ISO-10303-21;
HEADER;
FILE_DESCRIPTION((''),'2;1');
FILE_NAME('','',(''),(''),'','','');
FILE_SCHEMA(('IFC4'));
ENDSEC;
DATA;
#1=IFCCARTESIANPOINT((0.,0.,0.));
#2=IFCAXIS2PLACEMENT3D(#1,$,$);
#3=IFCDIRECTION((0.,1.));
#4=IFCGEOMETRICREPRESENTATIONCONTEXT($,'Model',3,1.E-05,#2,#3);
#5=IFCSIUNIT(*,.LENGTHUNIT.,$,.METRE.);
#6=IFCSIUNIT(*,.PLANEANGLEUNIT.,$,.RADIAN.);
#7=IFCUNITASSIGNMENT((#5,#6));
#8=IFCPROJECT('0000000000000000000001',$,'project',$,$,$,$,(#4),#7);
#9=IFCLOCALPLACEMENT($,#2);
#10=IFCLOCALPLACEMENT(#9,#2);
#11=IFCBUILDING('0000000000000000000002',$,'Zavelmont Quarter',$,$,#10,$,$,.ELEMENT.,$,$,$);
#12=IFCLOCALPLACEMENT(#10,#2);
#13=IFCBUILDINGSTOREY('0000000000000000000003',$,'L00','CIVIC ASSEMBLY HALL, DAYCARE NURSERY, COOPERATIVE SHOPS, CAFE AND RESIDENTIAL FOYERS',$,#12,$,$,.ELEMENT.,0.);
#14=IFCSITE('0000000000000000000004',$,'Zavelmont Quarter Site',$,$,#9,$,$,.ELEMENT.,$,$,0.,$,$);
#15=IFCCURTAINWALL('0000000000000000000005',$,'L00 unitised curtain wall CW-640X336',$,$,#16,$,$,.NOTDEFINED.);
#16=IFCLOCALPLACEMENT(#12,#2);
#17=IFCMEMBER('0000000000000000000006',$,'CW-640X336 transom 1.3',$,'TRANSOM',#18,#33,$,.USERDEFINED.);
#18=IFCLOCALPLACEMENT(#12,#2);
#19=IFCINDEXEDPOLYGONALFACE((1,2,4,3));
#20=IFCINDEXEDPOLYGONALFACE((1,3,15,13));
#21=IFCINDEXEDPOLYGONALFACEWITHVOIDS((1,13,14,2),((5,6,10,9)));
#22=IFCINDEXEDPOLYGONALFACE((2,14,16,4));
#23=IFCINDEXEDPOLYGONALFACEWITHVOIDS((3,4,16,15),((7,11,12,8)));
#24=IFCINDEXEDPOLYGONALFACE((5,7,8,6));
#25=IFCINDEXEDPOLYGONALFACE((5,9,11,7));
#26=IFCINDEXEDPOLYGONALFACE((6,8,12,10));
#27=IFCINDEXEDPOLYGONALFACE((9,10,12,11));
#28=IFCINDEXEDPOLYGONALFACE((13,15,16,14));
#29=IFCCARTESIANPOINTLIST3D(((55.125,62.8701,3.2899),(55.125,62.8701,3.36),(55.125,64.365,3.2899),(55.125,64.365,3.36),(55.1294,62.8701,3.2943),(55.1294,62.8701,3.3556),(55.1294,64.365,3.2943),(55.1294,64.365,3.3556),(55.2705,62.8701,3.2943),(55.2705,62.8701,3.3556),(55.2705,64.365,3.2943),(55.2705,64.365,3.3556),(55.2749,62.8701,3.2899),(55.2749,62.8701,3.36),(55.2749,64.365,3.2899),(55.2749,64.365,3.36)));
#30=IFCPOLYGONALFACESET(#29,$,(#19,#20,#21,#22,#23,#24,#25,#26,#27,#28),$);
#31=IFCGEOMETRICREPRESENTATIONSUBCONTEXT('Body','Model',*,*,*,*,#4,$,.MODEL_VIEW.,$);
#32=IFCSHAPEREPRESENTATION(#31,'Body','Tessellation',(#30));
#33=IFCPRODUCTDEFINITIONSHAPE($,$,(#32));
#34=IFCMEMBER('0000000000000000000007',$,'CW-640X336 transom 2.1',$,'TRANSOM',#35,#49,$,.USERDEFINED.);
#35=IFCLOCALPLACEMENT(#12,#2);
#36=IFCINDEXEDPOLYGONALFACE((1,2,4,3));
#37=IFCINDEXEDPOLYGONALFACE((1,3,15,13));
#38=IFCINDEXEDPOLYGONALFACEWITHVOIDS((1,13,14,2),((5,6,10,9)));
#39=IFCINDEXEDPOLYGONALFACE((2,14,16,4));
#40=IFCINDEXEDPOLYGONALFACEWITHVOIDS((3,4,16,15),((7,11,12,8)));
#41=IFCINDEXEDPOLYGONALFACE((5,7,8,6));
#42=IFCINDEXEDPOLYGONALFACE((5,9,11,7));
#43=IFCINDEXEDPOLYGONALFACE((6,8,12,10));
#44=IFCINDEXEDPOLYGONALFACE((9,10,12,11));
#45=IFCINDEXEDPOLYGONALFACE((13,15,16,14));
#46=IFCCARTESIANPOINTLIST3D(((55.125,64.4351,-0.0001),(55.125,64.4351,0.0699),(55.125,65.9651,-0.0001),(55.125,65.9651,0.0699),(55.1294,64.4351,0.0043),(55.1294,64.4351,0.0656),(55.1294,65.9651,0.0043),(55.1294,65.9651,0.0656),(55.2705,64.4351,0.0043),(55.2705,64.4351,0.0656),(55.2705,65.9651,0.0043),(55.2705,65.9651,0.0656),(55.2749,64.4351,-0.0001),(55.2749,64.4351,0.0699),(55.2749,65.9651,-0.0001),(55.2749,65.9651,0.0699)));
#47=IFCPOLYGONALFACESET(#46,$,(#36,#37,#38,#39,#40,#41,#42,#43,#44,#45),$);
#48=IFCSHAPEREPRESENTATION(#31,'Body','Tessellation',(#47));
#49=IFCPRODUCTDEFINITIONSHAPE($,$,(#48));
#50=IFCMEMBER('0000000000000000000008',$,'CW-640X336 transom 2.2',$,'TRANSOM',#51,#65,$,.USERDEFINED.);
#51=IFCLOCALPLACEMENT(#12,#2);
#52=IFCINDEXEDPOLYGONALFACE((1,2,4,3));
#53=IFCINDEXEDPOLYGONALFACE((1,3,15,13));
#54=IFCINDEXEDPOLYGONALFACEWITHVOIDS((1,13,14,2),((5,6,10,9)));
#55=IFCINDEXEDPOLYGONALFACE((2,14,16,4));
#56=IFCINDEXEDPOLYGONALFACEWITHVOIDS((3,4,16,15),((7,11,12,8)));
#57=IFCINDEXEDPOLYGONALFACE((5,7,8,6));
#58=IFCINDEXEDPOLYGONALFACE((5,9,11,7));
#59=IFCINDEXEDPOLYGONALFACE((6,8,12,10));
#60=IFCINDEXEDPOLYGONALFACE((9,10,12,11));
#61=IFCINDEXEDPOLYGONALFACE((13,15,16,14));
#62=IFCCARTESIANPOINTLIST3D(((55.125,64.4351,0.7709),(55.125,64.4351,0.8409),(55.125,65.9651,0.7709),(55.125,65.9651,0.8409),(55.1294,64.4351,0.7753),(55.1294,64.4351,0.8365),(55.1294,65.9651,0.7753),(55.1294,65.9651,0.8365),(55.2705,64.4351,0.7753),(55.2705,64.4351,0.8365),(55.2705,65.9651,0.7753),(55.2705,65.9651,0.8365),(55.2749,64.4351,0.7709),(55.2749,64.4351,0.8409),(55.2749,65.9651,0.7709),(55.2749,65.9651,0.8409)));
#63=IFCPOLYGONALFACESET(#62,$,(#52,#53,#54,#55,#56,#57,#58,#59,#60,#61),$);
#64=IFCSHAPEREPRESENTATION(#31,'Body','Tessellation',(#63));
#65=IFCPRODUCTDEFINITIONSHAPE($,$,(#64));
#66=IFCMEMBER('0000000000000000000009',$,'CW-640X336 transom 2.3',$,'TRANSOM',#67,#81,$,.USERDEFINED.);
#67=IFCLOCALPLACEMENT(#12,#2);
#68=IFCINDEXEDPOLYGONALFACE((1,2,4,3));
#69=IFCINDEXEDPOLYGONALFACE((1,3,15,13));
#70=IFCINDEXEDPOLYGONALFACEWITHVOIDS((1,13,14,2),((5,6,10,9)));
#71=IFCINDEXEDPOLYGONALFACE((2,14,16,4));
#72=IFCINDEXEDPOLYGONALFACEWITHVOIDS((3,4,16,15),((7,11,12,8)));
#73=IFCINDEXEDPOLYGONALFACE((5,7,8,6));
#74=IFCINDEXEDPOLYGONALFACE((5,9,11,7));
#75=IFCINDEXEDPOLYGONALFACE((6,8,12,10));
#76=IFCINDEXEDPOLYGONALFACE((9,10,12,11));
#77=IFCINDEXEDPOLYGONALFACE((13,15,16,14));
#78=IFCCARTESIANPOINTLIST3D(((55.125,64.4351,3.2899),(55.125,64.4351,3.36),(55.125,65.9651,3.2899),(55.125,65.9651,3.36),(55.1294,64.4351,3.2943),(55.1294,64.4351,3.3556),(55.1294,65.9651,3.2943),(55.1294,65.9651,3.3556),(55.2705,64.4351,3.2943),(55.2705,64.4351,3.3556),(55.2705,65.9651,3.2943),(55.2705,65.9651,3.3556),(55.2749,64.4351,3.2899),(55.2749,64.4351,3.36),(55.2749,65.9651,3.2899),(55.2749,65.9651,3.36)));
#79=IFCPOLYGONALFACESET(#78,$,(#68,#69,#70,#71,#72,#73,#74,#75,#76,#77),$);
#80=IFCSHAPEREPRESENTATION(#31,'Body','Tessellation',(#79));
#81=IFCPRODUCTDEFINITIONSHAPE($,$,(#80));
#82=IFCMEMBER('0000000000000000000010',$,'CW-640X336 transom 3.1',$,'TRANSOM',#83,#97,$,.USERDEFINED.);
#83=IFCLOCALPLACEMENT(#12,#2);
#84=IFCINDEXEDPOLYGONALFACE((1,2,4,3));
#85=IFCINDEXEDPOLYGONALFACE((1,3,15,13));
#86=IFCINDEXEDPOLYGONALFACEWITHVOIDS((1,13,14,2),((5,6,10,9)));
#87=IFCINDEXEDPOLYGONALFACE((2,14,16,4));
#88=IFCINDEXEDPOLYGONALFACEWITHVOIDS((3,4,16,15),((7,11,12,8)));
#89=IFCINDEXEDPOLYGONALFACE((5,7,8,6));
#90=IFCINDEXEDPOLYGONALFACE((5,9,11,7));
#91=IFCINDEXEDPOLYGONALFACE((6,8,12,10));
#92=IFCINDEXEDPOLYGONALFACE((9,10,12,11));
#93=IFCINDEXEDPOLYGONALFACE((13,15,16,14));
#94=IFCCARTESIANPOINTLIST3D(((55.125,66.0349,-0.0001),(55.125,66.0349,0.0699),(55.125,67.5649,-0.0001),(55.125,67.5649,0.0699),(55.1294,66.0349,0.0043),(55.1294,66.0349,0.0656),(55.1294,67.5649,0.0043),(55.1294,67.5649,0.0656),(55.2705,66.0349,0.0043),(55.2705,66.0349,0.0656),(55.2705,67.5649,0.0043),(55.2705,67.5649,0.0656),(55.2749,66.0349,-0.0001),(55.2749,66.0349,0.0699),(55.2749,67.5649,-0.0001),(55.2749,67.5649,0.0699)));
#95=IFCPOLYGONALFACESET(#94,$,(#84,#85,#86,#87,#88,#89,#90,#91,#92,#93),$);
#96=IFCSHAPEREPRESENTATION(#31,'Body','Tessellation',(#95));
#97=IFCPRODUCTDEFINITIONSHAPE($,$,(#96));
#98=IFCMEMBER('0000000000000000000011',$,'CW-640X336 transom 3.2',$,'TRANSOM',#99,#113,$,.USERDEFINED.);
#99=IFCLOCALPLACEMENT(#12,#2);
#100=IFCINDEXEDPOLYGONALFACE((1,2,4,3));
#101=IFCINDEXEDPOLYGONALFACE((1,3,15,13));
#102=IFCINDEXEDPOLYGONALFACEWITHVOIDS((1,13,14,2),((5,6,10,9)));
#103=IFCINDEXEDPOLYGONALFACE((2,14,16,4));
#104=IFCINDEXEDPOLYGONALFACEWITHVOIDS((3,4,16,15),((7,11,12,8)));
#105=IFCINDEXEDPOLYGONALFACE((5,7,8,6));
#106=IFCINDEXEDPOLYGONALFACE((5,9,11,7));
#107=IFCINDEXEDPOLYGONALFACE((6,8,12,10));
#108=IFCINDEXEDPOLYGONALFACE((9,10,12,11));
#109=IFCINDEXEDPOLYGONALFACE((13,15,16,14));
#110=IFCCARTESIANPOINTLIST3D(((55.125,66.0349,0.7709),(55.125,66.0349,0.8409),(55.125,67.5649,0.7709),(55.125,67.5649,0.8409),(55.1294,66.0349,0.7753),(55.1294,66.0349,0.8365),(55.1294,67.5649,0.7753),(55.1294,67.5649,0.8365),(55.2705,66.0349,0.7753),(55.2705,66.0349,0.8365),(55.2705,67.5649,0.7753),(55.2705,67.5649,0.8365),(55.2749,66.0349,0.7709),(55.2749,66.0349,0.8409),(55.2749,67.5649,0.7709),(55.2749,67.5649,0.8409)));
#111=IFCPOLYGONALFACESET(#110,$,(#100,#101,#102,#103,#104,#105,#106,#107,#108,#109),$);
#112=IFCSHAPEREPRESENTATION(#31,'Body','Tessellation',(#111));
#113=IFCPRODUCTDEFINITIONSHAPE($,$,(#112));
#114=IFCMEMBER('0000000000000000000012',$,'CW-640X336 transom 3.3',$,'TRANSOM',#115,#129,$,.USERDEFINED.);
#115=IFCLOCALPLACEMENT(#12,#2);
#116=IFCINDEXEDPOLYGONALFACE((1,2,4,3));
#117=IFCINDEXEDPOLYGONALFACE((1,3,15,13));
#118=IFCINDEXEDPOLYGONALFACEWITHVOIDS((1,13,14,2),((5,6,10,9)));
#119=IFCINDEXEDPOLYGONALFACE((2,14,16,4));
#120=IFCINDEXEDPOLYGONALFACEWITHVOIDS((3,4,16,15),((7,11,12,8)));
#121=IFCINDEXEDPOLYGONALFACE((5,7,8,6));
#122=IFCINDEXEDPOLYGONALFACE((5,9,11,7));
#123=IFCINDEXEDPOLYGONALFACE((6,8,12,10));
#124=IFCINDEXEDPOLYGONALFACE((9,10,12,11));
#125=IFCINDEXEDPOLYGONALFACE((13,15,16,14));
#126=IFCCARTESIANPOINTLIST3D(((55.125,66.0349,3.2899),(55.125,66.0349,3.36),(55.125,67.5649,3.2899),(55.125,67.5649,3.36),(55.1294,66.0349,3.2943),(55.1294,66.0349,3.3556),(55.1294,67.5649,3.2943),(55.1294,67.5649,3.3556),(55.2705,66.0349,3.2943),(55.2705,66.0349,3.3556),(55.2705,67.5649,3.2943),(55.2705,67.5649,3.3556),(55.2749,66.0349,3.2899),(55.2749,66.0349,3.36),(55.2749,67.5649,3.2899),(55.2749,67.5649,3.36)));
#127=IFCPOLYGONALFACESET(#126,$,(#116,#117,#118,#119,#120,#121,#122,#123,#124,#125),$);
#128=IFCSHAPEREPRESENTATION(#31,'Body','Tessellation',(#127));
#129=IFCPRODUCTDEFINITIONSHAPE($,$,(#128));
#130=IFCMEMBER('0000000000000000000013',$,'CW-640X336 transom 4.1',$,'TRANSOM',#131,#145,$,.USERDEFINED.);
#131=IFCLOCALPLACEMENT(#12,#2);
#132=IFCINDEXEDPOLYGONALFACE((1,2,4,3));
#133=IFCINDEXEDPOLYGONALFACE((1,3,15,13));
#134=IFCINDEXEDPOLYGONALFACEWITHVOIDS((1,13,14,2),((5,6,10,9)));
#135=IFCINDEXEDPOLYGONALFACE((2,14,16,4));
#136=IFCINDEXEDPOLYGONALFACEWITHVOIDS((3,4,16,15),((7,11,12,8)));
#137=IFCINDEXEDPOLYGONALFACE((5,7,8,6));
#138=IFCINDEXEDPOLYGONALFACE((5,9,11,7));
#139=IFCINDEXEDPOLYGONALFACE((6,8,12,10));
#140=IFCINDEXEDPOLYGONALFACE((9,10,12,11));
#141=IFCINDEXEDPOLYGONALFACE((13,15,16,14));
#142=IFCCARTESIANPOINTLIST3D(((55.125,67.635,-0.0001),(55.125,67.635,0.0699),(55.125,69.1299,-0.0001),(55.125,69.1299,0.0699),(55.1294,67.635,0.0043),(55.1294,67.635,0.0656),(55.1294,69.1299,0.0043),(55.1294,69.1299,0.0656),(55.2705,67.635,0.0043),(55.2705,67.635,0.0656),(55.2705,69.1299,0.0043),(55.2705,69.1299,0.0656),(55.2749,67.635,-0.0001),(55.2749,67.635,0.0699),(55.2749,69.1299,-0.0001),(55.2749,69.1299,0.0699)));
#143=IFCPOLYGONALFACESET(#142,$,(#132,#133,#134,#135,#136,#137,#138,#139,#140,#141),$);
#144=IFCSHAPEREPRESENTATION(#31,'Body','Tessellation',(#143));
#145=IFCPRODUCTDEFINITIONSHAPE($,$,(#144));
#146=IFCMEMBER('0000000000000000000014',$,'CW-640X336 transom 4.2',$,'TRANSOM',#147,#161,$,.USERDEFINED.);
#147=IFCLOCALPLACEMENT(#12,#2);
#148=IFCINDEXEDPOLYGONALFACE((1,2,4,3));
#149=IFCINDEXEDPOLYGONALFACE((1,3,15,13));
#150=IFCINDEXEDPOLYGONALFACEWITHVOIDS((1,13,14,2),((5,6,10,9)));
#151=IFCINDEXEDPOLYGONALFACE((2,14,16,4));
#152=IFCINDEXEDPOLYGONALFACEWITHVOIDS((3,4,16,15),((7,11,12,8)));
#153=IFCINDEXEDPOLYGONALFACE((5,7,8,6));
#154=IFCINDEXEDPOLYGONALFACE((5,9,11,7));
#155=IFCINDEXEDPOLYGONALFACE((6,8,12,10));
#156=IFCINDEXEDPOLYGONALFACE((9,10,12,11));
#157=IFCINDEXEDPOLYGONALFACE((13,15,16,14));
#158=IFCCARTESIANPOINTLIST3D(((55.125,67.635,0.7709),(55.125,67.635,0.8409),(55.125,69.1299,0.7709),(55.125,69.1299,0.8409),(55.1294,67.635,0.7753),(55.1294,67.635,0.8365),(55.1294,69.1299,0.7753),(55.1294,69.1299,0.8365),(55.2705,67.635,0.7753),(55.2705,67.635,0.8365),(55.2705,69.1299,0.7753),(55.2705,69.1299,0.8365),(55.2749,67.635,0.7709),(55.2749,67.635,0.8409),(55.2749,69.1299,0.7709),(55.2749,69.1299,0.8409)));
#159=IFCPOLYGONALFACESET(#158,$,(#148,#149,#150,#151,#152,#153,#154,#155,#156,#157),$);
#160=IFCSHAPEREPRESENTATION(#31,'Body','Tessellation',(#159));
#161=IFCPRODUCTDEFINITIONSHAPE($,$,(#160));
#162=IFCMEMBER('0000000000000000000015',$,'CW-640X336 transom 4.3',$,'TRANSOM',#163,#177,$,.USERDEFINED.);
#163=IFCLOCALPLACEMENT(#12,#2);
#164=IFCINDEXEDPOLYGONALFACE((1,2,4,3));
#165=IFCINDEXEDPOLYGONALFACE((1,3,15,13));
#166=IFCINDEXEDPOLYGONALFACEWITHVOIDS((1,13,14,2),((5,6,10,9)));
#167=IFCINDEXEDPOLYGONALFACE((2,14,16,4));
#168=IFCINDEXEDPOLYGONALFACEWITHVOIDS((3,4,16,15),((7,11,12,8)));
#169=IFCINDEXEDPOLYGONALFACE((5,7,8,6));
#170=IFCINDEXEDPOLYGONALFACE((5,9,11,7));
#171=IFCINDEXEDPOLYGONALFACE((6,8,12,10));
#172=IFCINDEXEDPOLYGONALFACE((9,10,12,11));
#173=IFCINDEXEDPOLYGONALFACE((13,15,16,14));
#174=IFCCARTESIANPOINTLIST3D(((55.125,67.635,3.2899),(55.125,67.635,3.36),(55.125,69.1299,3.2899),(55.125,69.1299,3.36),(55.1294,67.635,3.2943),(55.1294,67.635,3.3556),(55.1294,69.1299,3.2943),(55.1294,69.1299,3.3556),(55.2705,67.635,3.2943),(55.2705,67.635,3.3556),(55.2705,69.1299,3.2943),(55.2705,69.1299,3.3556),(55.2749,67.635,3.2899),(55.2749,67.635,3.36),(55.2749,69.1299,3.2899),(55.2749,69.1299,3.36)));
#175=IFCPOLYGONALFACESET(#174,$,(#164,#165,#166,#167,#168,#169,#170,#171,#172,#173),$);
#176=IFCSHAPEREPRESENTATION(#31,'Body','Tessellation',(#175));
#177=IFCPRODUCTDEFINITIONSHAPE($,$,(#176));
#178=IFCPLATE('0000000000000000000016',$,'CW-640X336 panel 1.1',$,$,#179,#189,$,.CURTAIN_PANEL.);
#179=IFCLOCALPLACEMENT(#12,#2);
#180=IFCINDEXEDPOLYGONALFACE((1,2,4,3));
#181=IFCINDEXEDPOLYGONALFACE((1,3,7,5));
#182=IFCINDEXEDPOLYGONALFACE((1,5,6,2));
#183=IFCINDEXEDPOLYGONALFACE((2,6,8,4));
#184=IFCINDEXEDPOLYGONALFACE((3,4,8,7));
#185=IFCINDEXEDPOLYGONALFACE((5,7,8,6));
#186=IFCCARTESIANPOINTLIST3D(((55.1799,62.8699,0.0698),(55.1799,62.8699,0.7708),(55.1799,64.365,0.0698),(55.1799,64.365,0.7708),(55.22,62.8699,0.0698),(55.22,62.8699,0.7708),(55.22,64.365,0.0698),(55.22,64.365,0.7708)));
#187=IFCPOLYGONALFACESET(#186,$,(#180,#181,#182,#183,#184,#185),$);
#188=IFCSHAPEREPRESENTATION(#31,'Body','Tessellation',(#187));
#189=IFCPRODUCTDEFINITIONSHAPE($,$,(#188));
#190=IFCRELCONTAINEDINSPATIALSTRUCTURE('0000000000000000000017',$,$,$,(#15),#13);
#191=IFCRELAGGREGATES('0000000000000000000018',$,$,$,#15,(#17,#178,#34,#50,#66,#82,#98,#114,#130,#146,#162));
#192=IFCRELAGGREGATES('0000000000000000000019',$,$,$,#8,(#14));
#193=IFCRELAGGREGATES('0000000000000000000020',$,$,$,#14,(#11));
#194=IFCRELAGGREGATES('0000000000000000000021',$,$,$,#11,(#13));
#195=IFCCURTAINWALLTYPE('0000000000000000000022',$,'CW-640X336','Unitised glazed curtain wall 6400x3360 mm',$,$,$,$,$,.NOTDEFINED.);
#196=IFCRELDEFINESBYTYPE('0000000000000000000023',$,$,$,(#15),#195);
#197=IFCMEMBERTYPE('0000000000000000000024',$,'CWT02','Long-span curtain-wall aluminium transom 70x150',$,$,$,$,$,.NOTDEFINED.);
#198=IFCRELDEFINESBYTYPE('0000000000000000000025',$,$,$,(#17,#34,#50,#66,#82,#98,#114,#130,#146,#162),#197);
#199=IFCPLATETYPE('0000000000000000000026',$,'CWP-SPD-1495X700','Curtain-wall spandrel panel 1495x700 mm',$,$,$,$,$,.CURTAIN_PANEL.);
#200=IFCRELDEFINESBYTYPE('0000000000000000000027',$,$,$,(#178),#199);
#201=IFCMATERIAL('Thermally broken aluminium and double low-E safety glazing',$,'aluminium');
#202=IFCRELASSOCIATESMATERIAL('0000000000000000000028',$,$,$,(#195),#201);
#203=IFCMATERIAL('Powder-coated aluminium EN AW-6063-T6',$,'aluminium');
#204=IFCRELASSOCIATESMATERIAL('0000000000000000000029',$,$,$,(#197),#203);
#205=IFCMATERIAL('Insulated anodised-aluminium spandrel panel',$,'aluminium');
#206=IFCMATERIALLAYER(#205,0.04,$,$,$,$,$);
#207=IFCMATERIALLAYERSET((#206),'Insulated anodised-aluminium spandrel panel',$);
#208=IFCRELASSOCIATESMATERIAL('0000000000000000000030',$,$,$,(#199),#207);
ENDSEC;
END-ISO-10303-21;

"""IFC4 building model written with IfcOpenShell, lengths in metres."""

from ifc_helpers import new_model, si_unit, direction, frame, origin, origin_2d, place, context, subcontext, project, spatial, rectangle, hollow_rectangle, extrude, material, layer, layer_set, material_profile, profile_set, type_object, element, aggregate, save


model = new_model("IFC4")

# Units and contexts
model_context = context("Model", 3, precision=1e-05, world=origin(), true_north=direction((0.0, 1.0)))
body_context = subcontext(model_context, "Body", "Model", "MODEL_VIEW")
ifc_project = project(units=[si_unit("LENGTHUNIT", "METRE"), si_unit("PLANEANGLEUNIT", "RADIAN")], contexts=[model_context])

# Site, building, storey
site_placement = place(None, origin())
site = spatial("IfcSite", under=ifc_project, at=site_placement, Name="Zavelmont Quarter Site", CompositionType="ELEMENT", RefElevation=0.0)
building_placement = place(site_placement, origin())
building = spatial("IfcBuilding", under=site, at=building_placement, Name="Zavelmont Quarter", CompositionType="ELEMENT")
storey_placement = place(building_placement, origin())
storey = spatial("IfcBuildingStorey", under=building, at=storey_placement, Name="L00", Description="CIVIC ASSEMBLY HALL, DAYCARE NURSERY, COOPERATIVE SHOPS, CAFE AND RESIDENTIAL FOYERS", CompositionType="ELEMENT", Elevation=0.0)

# Curtain wall, members, plate
ifc_material_1 = material(Name="Thermally broken aluminium and double low-E safety glazing", Category="aluminium")
curtain_wall_type = type_object("IfcCurtainWallType", Name="CW-640X336", Description="Unitised glazed curtain wall 6400x3360 mm", PredefinedType="NOTDEFINED", material=ifc_material_1)
curtain_wall_placement = place(storey_placement, origin())
curtain_wall = element("IfcCurtainWall", 1, at=curtain_wall_placement, inside=storey, type_object=curtain_wall_type, Name="L00 unitised curtain wall CW-640X336", PredefinedType="NOTDEFINED")
ifc_material_2 = material(Name="Powder-coated aluminium EN AW-6063-T6", Category="aluminium")
ifc_material_profile_1 = material_profile(ifc_material_2, hollow_rectangle(XDim=0.1499, YDim=0.0701, WallThickness=0.0044, at=origin_2d()), Name="CWT70X150")
ifc_profile_set_1 = profile_set([ifc_material_profile_1], Name="Powder-coated aluminium EN AW-6063-T6")
member_type_1 = type_object("IfcMemberType", Name="CWT02", Description="Long-span curtain-wall aluminium transom 70x150", PredefinedType="NOTDEFINED", material=ifc_profile_set_1)
member_1_placement = place(storey_placement, frame((55.2, 62.8701, 3.325), z_axis=(0.0, 1.0, 0.0), x_axis=(-1.0, 0.0, 0.0)))
member_1 = element("IfcMember", 2, at=member_1_placement, type_object=member_type_1, Name="CW-640X336 transom 1.3", ObjectType="TRANSOM", PredefinedType="USERDEFINED", context=body_context, shape_type="SweptSolid", body=[
    extrude(hollow_rectangle(XDim=0.1499, YDim=0.0701, WallThickness=0.0044, at=origin_2d()), origin(), (0.0, 0.0, 1.0), 1.4949),
])
member_2_placement = place(storey_placement, frame((55.2, 64.4351, 0.0349), z_axis=(0.0, 1.0, 0.0), x_axis=(-1.0, 0.0, 0.0)))
member_2 = element("IfcMember", 3, at=member_2_placement, type_object=member_type_1, Name="CW-640X336 transom 2.1", ObjectType="TRANSOM", PredefinedType="USERDEFINED", context=body_context, shape_type="SweptSolid", body=[
    extrude(hollow_rectangle(XDim=0.1499, YDim=0.0701, WallThickness=0.0044, at=origin_2d()), origin(), (0.0, 0.0, 1.0), 1.53),
])
member_3_placement = place(storey_placement, frame((55.2, 64.4351, 0.8059), z_axis=(0.0, 1.0, 0.0), x_axis=(-1.0, 0.0, 0.0)))
member_3 = element("IfcMember", 4, at=member_3_placement, type_object=member_type_1, Name="CW-640X336 transom 2.2", ObjectType="TRANSOM", PredefinedType="USERDEFINED", context=body_context, shape_type="SweptSolid", body=[
    extrude(hollow_rectangle(XDim=0.1499, YDim=0.0701, WallThickness=0.0044, at=origin_2d()), origin(), (0.0, 0.0, 1.0), 1.53),
])
member_4_placement = place(storey_placement, frame((55.2, 64.4351, 3.325), z_axis=(0.0, 1.0, 0.0), x_axis=(-1.0, 0.0, 0.0)))
member_4 = element("IfcMember", 5, at=member_4_placement, type_object=member_type_1, Name="CW-640X336 transom 2.3", ObjectType="TRANSOM", PredefinedType="USERDEFINED", context=body_context, shape_type="SweptSolid", body=[
    extrude(hollow_rectangle(XDim=0.1499, YDim=0.0701, WallThickness=0.0044, at=origin_2d()), origin(), (0.0, 0.0, 1.0), 1.53),
])
member_5_placement = place(storey_placement, frame((55.2, 66.0349, 0.0349), z_axis=(0.0, 1.0, 0.0), x_axis=(-1.0, 0.0, 0.0)))
member_5 = element("IfcMember", 6, at=member_5_placement, type_object=member_type_1, Name="CW-640X336 transom 3.1", ObjectType="TRANSOM", PredefinedType="USERDEFINED", context=body_context, shape_type="SweptSolid", body=[
    extrude(hollow_rectangle(XDim=0.1499, YDim=0.0701, WallThickness=0.0044, at=origin_2d()), origin(), (0.0, 0.0, 1.0), 1.53),
])
member_6_placement = place(storey_placement, frame((55.2, 66.0349, 0.8059), z_axis=(0.0, 1.0, 0.0), x_axis=(-1.0, 0.0, 0.0)))
member_6 = element("IfcMember", 7, at=member_6_placement, type_object=member_type_1, Name="CW-640X336 transom 3.2", ObjectType="TRANSOM", PredefinedType="USERDEFINED", context=body_context, shape_type="SweptSolid", body=[
    extrude(hollow_rectangle(XDim=0.1499, YDim=0.0701, WallThickness=0.0044, at=origin_2d()), origin(), (0.0, 0.0, 1.0), 1.53),
])
member_7_placement = place(storey_placement, frame((55.2, 66.0349, 3.325), z_axis=(0.0, 1.0, 0.0), x_axis=(-1.0, 0.0, 0.0)))
member_7 = element("IfcMember", 8, at=member_7_placement, type_object=member_type_1, Name="CW-640X336 transom 3.3", ObjectType="TRANSOM", PredefinedType="USERDEFINED", context=body_context, shape_type="SweptSolid", body=[
    extrude(hollow_rectangle(XDim=0.1499, YDim=0.0701, WallThickness=0.0044, at=origin_2d()), origin(), (0.0, 0.0, 1.0), 1.53),
])
member_8_placement = place(storey_placement, frame((55.2, 67.635, 0.0349), z_axis=(0.0, 1.0, 0.0), x_axis=(-1.0, 0.0, 0.0)))
member_8 = element("IfcMember", 9, at=member_8_placement, type_object=member_type_1, Name="CW-640X336 transom 4.1", ObjectType="TRANSOM", PredefinedType="USERDEFINED", context=body_context, shape_type="SweptSolid", body=[
    extrude(hollow_rectangle(XDim=0.1499, YDim=0.0701, WallThickness=0.0044, at=origin_2d()), origin(), (0.0, 0.0, 1.0), 1.4949),
])
member_9_placement = place(storey_placement, frame((55.2, 67.635, 0.8059), z_axis=(0.0, 1.0, 0.0), x_axis=(-1.0, 0.0, 0.0)))
member_9 = element("IfcMember", 10, at=member_9_placement, type_object=member_type_1, Name="CW-640X336 transom 4.2", ObjectType="TRANSOM", PredefinedType="USERDEFINED", context=body_context, shape_type="SweptSolid", body=[
    extrude(hollow_rectangle(XDim=0.1499, YDim=0.0701, WallThickness=0.0044, at=origin_2d()), origin(), (0.0, 0.0, 1.0), 1.4949),
])
member_10_placement = place(storey_placement, frame((55.2, 67.635, 3.325), z_axis=(0.0, 1.0, 0.0), x_axis=(-1.0, 0.0, 0.0)))
member_10 = element("IfcMember", 11, at=member_10_placement, type_object=member_type_1, Name="CW-640X336 transom 4.3", ObjectType="TRANSOM", PredefinedType="USERDEFINED", context=body_context, shape_type="SweptSolid", body=[
    extrude(hollow_rectangle(XDim=0.1499, YDim=0.0701, WallThickness=0.0044, at=origin_2d()), origin(), (0.0, 0.0, 1.0), 1.4949),
])
ifc_material_3 = material(Name="Insulated anodised-aluminium spandrel panel", Category="aluminium")
ifc_layer_1 = layer(ifc_material_3, 0.04)
ifc_layer_set_1 = layer_set([ifc_layer_1], Name="Insulated anodised-aluminium spandrel panel")
plate_type_1 = type_object("IfcPlateType", Name="CWP-SPD-1495X700", Description="Curtain-wall spandrel panel 1495x700 mm", PredefinedType="CURTAIN_PANEL", material=ifc_layer_set_1)
plate_1_placement = place(storey_placement, frame((55.2, 63.6174, 0.0698), z_axis=(0.0, 0.0, 1.0), x_axis=(0.0, 1.0, 0.0)))
plate_1 = element("IfcPlate", 12, at=plate_1_placement, type_object=plate_type_1, Name="CW-640X336 panel 1.1", PredefinedType="CURTAIN_PANEL", context=body_context, shape_type="SweptSolid", body=[
    extrude(rectangle(XDim=1.4951, YDim=0.04, at=origin_2d()), origin(), (0.0, 0.0, 1.0), 0.7009),
])
aggregate(curtain_wall, [member_1, plate_1, member_2, member_3, member_4, member_5, member_6, member_7, member_8, member_9, member_10])

save(model, "model.ifc")
